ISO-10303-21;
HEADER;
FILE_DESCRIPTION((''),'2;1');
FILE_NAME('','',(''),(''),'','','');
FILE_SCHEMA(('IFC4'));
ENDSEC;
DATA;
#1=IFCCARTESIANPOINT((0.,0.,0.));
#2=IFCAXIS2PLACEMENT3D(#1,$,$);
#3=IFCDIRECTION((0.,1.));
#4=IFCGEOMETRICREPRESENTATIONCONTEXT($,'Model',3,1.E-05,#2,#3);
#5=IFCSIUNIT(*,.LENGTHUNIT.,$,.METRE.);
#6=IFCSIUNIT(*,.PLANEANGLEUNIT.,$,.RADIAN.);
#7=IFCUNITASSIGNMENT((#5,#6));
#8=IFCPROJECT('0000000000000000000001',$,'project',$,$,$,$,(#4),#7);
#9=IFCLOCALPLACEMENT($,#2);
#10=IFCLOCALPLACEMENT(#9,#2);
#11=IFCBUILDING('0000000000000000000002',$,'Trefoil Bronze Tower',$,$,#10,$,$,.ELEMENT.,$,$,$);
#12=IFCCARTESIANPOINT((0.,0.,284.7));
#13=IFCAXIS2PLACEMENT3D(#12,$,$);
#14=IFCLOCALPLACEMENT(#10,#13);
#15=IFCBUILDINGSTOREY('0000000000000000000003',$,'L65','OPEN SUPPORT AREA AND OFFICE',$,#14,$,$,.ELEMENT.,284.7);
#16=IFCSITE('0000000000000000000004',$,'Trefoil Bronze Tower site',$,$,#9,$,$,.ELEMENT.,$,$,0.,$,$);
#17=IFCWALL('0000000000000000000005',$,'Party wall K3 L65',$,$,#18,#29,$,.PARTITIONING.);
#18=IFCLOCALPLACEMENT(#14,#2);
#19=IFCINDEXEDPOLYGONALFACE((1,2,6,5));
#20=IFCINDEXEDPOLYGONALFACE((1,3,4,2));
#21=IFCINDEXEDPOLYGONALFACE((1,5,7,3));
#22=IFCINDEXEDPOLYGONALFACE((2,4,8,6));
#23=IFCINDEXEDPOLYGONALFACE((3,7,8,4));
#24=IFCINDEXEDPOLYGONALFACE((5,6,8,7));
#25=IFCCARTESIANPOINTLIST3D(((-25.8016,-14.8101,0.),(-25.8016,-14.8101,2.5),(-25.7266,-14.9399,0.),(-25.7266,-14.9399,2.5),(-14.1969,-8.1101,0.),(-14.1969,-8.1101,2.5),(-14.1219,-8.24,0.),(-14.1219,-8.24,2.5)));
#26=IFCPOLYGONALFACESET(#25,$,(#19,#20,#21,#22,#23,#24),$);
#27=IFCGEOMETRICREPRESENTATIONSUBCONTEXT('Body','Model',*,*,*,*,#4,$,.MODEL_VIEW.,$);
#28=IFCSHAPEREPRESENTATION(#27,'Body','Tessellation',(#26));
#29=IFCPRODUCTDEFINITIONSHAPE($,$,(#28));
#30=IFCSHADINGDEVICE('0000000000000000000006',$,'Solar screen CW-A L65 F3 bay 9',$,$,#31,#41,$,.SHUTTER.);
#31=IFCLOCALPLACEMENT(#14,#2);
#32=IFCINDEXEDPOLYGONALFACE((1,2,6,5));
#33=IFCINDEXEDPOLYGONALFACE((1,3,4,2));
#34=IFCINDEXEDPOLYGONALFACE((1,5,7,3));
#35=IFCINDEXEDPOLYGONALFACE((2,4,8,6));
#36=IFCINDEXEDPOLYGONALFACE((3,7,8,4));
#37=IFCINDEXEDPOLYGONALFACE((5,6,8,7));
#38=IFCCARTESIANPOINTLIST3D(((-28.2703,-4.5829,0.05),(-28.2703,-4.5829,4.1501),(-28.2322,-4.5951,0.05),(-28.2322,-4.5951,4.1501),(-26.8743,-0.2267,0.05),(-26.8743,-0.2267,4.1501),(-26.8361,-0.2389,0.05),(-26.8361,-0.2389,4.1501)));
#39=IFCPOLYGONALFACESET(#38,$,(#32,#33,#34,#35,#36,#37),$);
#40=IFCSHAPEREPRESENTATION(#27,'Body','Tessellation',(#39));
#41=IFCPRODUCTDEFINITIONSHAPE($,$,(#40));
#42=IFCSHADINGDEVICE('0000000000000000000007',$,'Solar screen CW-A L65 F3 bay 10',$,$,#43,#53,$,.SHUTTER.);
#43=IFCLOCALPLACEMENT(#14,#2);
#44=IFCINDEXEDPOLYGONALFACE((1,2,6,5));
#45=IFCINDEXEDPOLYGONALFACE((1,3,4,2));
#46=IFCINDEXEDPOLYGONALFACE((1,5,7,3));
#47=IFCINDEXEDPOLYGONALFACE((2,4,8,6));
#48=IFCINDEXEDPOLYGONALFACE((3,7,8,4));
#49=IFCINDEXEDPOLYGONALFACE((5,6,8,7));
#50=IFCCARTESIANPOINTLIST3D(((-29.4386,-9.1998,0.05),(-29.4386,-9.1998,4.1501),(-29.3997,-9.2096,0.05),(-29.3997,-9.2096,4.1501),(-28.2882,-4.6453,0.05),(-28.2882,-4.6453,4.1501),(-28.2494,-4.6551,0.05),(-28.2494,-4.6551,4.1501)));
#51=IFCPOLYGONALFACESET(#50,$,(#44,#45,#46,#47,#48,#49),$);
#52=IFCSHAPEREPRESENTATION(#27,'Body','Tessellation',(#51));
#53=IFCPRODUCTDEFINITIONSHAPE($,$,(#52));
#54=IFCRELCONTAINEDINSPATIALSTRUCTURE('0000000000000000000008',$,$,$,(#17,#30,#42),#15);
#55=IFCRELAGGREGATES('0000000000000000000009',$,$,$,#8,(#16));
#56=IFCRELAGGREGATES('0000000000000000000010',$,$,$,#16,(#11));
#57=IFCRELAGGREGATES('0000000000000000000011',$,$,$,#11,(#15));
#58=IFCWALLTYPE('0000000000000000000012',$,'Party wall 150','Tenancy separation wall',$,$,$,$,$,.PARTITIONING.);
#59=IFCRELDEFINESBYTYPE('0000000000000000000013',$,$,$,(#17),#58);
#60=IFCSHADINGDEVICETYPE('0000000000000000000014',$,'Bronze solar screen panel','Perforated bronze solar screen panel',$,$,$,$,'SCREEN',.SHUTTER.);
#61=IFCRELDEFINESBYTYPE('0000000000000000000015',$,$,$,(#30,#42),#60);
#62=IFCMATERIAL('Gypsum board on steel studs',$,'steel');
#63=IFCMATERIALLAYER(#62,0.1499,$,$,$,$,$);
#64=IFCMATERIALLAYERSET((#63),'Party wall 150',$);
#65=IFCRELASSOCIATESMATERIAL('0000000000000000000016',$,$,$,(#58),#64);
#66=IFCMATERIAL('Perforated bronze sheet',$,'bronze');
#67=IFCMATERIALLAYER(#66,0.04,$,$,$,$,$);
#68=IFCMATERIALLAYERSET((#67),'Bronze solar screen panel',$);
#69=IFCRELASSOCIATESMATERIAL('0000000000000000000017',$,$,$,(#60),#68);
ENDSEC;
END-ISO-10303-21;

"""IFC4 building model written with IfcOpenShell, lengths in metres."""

from ifc_helpers import new_model, si_unit, direction, frame, frame_2d, origin, origin_2d, place, context, subcontext, project, spatial, rectangle, extrude, material, layer, layer_set, type_object, element, save


model = new_model("IFC4")

# Units and contexts
model_context = context("Model", 3, precision=1e-05, world=origin(), true_north=direction((0.0, 1.0)))
body_context = subcontext(model_context, "Body", "Model", "MODEL_VIEW")
ifc_project = project(units=[si_unit("LENGTHUNIT", "METRE"), si_unit("PLANEANGLEUNIT", "RADIAN")], contexts=[model_context])

# Site, building, storey
site_placement = place(None, origin())
site = spatial("IfcSite", under=ifc_project, at=site_placement, Name="Trefoil Bronze Tower site", CompositionType="ELEMENT", RefElevation=0.0)
building_placement = place(site_placement, origin())
building = spatial("IfcBuilding", under=site, at=building_placement, Name="Trefoil Bronze Tower", CompositionType="ELEMENT")
storey_placement = place(building_placement, frame((0.0, 0.0, 284.7)))
storey = spatial("IfcBuildingStorey", under=building, at=storey_placement, Name="L65", Description="OPEN SUPPORT AREA AND OFFICE", CompositionType="ELEMENT", Elevation=284.7)

# Wall
ifc_material_1 = material(Name="Gypsum board on steel studs", Category="steel")
ifc_layer_1 = layer(ifc_material_1, 0.1499)
ifc_layer_set_1 = layer_set([ifc_layer_1], Name="Party wall 150")
wall_type_1 = type_object("IfcWallType", Name="Party wall 150", Description="Tenancy separation wall", PredefinedType="PARTITIONING", material=ifc_layer_set_1)
wall_1_placement = place(storey_placement, frame((-14.1594, -8.175, 0.0), z_axis=(0.0, 0.0, 1.0), x_axis=(-0.866027, -0.499997, 0.0)))
element("IfcWall", 1, at=wall_1_placement, inside=storey, type_object=wall_type_1, Name="Party wall K3 L65", PredefinedType="PARTITIONING", context=body_context, shape_type="SweptSolid", body=[
    extrude(rectangle(XDim=13.3999, YDim=0.1499, at=frame_2d((6.7, 0.0))), origin(), (0.0, 0.0, 1.0), 2.5),
])

# Shading devices
ifc_material_2 = material(Name="Perforated bronze sheet", Category="bronze")
ifc_layer_2 = layer(ifc_material_2, 0.04)
ifc_layer_set_2 = layer_set([ifc_layer_2], Name="Bronze solar screen panel")
shading_device_type = type_object("IfcShadingDeviceType", Name="Bronze solar screen panel", Description="Perforated bronze solar screen panel", ElementType="SCREEN", PredefinedType="SHUTTER", material=ifc_layer_set_2)
shading_device_1_placement = place(storey_placement, frame((-27.5532, -2.4109, 0.05), z_axis=(0.0, 0.0, 1.0), x_axis=(-0.305188, -0.952292, 0.0)))
element("IfcShadingDevice", 2, at=shading_device_1_placement, inside=storey, type_object=shading_device_type, Name="Solar screen CW-A L65 F3 bay 9", PredefinedType="SHUTTER", context=body_context, shape_type="SweptSolid", body=[
    extrude(rectangle(XDim=4.5745, YDim=0.04, at=origin_2d()), origin(), (0.0, 0.0, 1.0), 4.1001),
])
shading_device_2_placement = place(storey_placement, frame((-28.844, -6.9275, 0.05), z_axis=(0.0, 0.0, 1.0), x_axis=(-0.24488, -0.969554, 0.0)))
element("IfcShadingDevice", 3, at=shading_device_2_placement, inside=storey, type_object=shading_device_type, Name="Solar screen CW-A L65 F3 bay 10", PredefinedType="SHUTTER", context=body_context, shape_type="SweptSolid", body=[
    extrude(rectangle(XDim=4.6975, YDim=0.04, at=origin_2d()), origin(), (0.0, 0.0, 1.0), 4.1001),
])

save(model, "model.ifc")
